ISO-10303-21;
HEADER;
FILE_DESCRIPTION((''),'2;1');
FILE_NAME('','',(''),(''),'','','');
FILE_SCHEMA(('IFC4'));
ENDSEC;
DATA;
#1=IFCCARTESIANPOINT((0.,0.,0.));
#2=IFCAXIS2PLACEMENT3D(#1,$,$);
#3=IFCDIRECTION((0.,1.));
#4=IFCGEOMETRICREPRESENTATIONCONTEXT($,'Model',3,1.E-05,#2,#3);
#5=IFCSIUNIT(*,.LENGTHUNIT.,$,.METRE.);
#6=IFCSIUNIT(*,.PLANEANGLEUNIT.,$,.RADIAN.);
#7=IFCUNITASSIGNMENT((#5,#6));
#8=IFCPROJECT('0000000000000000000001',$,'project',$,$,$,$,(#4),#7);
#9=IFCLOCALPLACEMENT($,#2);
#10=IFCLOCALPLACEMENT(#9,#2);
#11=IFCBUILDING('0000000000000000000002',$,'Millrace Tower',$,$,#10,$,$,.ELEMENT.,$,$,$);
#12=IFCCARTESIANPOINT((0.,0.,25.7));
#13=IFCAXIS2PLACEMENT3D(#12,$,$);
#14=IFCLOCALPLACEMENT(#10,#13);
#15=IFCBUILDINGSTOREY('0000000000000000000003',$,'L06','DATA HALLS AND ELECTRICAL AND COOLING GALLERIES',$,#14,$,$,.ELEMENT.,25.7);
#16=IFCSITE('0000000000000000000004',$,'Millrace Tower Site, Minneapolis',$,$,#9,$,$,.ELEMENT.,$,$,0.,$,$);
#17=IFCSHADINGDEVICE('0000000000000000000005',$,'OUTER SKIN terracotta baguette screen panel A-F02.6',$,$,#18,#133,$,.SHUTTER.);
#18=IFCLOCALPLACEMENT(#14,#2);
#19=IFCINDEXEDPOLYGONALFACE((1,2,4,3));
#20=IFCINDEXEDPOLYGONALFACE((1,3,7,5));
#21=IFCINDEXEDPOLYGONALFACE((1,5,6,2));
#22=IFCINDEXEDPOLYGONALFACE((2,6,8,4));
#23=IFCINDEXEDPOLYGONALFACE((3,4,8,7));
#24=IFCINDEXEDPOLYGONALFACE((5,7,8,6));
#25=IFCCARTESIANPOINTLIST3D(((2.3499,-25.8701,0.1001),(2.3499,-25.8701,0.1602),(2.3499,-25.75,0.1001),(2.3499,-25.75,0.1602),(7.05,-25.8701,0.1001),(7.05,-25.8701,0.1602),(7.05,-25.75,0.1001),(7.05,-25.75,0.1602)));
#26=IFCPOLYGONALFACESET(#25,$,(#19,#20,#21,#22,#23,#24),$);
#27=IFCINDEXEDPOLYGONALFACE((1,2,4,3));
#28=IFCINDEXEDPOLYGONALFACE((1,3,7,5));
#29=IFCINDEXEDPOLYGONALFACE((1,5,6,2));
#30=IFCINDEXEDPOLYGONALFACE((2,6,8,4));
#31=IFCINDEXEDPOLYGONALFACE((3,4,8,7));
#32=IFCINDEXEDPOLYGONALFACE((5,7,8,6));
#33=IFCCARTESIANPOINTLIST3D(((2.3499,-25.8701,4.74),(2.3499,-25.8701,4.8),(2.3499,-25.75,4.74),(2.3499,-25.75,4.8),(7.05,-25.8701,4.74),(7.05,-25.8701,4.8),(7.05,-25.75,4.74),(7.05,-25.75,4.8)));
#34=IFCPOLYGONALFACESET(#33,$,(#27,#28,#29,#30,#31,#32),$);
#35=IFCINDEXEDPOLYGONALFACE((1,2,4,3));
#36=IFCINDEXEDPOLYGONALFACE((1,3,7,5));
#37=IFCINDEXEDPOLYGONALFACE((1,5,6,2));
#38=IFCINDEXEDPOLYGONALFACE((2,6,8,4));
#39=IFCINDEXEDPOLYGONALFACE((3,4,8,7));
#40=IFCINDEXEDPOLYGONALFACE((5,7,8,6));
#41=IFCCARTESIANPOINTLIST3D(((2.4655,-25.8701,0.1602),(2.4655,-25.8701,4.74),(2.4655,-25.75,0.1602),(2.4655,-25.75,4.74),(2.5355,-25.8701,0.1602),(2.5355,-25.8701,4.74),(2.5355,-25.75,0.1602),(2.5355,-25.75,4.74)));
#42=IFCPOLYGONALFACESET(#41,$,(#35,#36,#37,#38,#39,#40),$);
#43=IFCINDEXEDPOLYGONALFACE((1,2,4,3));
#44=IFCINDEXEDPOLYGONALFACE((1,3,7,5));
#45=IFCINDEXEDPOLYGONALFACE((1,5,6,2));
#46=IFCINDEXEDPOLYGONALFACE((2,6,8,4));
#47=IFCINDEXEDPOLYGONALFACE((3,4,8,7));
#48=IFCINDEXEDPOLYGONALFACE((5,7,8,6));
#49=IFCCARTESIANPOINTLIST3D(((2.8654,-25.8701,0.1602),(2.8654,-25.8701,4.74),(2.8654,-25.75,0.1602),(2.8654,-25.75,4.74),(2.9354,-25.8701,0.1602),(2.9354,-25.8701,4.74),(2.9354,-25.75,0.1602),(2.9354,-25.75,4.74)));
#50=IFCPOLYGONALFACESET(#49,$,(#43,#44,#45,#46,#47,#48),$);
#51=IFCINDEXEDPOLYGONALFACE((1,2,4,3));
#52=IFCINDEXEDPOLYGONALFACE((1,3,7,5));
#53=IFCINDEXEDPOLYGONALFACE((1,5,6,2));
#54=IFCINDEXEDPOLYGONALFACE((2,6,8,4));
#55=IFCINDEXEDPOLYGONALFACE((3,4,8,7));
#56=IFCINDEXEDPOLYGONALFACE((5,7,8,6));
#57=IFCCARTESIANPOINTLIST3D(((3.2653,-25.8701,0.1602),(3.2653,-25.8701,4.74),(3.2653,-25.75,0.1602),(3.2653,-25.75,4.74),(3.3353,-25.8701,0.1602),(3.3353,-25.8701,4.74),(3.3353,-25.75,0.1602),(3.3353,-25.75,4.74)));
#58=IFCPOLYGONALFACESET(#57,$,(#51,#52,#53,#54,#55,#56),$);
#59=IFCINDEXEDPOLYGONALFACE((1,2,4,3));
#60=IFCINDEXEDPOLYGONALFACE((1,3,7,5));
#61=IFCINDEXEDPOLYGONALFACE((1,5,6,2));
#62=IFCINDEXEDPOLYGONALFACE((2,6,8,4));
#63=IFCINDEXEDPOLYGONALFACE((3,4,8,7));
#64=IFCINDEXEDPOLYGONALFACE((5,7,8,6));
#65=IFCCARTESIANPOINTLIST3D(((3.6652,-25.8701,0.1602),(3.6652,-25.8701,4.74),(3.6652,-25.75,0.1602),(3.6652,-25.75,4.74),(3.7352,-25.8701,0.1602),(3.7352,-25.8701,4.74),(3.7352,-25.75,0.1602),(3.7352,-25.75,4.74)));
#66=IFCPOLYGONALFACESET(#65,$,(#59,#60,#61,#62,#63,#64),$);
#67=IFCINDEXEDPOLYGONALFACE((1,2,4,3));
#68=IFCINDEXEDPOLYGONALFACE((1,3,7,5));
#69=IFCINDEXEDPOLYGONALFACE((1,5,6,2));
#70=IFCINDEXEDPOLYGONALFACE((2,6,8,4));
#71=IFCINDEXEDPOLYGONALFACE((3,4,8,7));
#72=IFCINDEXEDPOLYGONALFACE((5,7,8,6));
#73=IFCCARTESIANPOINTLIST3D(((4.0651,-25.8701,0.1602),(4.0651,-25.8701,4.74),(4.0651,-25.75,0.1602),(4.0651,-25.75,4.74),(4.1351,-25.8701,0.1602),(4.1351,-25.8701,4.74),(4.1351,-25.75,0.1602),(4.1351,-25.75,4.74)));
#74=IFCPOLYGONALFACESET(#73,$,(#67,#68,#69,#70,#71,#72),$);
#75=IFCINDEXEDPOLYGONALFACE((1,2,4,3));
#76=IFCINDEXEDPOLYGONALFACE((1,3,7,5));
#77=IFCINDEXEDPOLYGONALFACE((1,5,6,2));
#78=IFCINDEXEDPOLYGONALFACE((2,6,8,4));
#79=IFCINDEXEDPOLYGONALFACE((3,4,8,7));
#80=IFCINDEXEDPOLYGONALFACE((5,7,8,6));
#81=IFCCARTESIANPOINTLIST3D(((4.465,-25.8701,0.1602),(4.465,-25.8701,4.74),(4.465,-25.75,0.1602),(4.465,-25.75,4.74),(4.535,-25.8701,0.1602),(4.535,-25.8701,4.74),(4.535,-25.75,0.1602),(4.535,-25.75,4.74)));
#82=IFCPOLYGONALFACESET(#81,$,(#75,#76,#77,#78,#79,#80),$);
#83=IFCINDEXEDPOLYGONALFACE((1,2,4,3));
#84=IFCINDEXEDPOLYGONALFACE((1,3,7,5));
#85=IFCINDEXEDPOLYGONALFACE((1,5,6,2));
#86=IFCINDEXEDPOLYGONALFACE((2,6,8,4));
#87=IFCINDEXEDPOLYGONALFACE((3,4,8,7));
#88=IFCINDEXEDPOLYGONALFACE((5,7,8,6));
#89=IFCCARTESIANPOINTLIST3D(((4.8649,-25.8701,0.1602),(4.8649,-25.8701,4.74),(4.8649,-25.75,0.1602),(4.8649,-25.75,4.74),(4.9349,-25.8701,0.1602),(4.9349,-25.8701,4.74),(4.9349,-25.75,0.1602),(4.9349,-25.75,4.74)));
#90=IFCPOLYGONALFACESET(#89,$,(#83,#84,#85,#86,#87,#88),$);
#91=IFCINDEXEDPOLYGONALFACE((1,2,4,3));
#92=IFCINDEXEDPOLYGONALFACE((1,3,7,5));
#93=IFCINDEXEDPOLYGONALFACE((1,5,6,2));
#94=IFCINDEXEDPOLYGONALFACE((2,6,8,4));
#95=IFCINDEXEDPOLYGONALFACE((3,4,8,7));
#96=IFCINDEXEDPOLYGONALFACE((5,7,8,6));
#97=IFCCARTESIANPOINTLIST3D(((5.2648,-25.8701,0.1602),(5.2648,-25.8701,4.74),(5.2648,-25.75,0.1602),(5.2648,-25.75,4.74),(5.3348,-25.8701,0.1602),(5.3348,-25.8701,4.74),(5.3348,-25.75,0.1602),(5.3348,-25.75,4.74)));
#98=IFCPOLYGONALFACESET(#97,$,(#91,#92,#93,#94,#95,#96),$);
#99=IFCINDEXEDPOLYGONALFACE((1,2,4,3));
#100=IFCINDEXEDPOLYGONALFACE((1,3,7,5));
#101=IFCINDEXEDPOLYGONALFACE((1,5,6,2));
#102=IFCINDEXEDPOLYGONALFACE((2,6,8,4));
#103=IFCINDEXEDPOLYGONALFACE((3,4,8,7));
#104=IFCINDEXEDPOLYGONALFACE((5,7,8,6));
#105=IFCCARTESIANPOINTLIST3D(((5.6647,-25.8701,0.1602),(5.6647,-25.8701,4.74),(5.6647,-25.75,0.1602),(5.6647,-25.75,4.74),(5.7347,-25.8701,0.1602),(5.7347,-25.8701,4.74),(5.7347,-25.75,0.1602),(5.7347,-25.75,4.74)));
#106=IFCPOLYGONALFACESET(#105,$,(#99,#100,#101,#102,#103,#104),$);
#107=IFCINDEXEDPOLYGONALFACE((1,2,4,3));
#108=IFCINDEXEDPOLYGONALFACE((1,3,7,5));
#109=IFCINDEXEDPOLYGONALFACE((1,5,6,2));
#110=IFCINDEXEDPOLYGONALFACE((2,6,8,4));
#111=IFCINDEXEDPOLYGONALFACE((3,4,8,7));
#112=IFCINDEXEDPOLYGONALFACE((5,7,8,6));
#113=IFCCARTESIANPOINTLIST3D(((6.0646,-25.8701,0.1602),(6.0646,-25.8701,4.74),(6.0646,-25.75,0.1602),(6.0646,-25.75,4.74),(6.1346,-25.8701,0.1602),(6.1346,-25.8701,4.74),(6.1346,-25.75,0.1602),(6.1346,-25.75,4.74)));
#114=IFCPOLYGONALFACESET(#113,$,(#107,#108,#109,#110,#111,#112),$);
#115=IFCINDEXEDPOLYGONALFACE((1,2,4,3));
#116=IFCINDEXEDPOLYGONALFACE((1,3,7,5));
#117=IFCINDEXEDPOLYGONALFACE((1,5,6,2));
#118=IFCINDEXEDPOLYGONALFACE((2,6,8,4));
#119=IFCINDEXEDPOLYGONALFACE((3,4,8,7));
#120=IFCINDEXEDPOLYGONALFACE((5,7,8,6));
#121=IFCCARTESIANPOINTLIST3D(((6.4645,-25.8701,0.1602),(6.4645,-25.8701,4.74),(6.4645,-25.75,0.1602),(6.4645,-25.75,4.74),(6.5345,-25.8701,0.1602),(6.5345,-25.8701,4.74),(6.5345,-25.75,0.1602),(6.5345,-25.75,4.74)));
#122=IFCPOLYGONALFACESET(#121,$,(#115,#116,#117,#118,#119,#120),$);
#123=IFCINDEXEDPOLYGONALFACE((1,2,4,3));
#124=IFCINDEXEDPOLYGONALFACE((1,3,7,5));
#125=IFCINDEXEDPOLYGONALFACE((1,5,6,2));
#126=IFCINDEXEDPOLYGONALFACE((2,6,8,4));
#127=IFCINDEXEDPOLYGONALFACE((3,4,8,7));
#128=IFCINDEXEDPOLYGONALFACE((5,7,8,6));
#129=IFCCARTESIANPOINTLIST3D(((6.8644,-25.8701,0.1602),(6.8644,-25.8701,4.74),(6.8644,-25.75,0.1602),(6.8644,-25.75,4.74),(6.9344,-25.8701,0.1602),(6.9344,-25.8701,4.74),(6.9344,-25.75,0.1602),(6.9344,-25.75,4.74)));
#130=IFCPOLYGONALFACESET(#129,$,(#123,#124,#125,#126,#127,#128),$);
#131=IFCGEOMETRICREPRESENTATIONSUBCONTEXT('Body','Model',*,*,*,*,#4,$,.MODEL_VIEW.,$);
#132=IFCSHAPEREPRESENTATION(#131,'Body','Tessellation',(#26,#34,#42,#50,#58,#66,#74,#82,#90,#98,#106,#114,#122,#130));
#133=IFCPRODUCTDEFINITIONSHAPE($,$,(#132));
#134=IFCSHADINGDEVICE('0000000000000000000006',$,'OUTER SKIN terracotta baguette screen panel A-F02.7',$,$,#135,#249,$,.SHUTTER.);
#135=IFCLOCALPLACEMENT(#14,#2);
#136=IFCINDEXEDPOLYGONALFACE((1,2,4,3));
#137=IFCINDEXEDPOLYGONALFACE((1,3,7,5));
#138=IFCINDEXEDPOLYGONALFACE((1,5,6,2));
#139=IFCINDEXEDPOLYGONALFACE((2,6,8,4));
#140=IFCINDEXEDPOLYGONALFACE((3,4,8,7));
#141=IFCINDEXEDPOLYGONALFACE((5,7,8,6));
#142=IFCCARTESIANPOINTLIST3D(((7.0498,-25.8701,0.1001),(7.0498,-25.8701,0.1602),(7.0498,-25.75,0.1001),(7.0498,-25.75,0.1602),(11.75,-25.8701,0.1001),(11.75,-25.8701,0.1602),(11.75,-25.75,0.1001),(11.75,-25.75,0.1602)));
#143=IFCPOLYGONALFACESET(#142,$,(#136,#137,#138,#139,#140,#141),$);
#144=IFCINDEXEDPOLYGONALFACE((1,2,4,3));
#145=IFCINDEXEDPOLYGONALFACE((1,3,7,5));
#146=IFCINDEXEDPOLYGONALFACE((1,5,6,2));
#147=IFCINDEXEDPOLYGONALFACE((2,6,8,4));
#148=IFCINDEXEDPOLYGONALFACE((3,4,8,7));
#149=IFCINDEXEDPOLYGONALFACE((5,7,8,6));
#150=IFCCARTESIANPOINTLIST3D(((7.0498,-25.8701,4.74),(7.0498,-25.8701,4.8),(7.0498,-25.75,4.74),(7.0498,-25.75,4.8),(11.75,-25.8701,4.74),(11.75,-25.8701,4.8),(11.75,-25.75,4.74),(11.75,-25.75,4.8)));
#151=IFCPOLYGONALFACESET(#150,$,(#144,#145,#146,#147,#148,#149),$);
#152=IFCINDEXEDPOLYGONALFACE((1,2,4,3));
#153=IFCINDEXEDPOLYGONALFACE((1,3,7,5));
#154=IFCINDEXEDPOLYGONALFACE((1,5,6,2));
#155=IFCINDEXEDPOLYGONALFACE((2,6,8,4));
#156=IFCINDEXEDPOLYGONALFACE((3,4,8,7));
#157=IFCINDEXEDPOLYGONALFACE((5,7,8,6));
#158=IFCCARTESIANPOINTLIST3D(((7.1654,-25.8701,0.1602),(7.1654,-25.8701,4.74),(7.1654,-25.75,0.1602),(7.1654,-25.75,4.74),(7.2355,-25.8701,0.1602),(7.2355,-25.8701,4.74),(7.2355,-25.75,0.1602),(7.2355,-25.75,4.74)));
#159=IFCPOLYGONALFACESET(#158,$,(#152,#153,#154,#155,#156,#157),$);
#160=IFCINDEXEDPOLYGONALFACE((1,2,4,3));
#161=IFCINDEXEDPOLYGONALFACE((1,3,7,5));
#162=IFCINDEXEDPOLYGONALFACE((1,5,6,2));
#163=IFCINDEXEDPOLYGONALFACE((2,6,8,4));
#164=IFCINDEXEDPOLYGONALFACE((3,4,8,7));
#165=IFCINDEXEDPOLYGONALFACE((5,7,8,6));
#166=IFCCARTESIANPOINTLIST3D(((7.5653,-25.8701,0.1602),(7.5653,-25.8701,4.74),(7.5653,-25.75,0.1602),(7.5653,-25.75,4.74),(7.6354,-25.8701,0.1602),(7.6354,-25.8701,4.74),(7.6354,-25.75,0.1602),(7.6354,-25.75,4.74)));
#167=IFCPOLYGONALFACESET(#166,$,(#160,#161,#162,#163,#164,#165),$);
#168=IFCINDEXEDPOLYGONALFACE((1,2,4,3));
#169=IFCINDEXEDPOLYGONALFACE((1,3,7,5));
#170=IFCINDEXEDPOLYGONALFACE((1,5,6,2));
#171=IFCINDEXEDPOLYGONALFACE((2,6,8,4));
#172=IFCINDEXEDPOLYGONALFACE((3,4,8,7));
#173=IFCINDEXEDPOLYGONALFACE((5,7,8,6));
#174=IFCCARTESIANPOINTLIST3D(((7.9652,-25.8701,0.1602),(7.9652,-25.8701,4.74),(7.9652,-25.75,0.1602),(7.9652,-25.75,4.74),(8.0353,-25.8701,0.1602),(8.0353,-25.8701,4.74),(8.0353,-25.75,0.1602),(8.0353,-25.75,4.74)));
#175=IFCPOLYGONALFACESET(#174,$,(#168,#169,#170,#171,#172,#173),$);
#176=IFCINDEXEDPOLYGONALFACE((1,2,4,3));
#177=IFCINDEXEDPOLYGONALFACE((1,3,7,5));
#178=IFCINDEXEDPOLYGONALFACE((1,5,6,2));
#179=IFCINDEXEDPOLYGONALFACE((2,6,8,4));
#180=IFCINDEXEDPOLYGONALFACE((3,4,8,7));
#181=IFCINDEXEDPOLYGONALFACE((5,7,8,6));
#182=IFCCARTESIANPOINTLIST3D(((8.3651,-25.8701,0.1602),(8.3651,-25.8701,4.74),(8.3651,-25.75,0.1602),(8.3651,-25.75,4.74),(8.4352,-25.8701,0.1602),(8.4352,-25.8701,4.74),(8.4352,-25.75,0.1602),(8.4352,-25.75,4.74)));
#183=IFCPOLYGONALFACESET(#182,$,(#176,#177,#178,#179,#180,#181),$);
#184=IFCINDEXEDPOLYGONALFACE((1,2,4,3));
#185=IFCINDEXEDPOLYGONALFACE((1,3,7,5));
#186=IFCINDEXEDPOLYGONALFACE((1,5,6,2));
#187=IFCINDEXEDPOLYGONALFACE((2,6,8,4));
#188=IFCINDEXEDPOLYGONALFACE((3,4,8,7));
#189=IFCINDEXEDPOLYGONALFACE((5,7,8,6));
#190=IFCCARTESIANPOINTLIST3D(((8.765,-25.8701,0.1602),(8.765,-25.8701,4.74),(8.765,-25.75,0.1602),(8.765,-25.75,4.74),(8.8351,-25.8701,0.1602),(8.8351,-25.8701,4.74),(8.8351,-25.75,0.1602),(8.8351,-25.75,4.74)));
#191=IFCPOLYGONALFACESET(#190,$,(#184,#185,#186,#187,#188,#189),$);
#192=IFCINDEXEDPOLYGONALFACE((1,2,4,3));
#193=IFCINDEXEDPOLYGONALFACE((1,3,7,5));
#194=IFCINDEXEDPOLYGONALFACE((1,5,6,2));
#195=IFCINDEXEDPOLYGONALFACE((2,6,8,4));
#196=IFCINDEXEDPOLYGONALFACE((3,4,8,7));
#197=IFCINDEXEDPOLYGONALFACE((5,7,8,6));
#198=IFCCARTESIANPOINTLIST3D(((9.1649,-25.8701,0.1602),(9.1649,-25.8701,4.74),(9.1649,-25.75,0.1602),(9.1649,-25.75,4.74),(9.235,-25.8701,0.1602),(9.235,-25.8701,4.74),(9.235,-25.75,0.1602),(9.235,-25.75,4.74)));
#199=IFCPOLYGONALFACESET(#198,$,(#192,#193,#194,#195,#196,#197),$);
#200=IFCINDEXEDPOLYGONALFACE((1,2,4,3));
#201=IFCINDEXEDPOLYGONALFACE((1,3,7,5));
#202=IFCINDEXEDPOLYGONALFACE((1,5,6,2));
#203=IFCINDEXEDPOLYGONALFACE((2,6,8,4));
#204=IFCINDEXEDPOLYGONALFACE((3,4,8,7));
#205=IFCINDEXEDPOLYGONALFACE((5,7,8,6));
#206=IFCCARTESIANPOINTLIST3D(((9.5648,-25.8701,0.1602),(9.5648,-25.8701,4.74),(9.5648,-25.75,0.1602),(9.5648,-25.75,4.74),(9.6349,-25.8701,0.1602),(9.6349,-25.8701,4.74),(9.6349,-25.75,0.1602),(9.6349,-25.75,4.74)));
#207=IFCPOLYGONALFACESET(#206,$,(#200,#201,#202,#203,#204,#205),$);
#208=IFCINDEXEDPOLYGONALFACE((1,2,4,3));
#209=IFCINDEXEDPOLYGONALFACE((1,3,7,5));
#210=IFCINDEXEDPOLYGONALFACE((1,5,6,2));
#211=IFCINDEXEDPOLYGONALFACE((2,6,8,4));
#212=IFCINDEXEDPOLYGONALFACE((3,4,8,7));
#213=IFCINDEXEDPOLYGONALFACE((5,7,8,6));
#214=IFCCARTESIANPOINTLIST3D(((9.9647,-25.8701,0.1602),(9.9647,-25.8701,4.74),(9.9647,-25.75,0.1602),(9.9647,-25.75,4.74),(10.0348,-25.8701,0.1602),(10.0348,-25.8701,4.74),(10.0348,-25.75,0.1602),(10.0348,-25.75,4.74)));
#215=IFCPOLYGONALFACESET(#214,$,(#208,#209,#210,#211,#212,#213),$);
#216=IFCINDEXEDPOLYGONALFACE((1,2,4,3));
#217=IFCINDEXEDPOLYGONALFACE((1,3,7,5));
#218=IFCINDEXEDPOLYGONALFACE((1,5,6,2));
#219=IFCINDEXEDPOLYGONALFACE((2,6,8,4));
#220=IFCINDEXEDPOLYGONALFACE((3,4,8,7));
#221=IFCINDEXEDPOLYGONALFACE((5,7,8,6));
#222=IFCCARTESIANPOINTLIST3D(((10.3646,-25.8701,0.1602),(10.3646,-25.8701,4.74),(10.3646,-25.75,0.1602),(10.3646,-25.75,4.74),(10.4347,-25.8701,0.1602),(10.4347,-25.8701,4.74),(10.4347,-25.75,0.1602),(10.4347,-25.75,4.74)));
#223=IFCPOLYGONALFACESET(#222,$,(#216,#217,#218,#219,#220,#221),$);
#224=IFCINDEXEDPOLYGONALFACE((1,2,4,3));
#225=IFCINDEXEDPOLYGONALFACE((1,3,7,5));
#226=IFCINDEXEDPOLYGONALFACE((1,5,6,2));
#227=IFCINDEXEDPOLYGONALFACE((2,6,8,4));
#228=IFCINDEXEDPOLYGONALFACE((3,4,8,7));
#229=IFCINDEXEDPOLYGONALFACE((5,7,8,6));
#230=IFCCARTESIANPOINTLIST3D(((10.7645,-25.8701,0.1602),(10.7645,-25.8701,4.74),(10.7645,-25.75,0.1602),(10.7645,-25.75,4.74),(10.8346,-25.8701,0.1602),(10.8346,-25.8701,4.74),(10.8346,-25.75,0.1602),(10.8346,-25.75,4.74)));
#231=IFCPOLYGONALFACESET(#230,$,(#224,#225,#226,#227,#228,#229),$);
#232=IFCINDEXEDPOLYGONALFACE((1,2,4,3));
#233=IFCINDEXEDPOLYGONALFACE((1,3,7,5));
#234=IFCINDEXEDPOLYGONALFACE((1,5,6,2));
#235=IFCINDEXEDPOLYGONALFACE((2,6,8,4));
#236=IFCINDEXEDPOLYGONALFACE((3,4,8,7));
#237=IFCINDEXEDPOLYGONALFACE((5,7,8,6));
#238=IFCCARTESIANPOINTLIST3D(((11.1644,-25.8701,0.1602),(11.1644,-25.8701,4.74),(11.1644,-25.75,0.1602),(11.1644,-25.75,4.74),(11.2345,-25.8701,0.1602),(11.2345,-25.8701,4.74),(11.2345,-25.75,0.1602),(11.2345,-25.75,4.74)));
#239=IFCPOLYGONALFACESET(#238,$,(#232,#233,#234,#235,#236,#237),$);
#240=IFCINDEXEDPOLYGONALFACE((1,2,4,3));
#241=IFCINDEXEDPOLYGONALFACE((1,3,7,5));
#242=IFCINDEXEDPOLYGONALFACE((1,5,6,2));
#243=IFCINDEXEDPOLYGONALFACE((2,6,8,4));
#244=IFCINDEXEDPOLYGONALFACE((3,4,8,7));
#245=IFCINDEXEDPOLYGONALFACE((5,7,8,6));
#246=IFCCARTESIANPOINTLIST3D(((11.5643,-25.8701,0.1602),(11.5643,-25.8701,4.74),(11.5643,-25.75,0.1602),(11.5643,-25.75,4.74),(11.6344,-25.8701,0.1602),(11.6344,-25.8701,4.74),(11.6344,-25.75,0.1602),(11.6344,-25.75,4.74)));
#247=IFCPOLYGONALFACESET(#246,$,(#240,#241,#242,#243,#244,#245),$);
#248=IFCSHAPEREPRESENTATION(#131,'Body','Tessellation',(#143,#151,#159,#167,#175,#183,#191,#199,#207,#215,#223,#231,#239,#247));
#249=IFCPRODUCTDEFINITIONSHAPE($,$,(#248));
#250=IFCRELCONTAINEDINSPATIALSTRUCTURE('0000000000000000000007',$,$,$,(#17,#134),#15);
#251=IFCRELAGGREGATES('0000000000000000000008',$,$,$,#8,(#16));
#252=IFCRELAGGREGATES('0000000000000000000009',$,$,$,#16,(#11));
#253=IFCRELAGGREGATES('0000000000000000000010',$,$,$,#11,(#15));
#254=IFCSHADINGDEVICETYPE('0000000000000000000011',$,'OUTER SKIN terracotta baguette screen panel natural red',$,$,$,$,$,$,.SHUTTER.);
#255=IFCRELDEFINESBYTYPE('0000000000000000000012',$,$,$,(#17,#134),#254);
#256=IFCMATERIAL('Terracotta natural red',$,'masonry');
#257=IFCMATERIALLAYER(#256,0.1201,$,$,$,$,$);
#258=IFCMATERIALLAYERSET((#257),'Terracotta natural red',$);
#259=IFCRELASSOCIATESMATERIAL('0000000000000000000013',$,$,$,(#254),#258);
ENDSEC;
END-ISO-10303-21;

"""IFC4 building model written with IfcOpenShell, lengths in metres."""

from ifc_helpers import new_model, entity, si_unit, direction, frame, frame_2d, origin, place, context, subcontext, project, spatial, rectangle, extrude, source, transform, mapped, material, layer, layer_set, type_object, element, save


model = new_model("IFC4")

# Units and contexts
model_context = context("Model", 3, precision=1e-05, world=origin(), true_north=direction((0.0, 1.0)))
body_context = subcontext(model_context, "Body", "Model", "MODEL_VIEW")
ifc_project = project(units=[si_unit("LENGTHUNIT", "METRE"), si_unit("PLANEANGLEUNIT", "RADIAN")], contexts=[model_context])

# Site, building, storey
site_placement = place(None, origin())
site = spatial("IfcSite", under=ifc_project, at=site_placement, Name="Millrace Tower Site, Minneapolis", CompositionType="ELEMENT", RefElevation=0.0)
building_placement = place(site_placement, origin())
building = spatial("IfcBuilding", under=site, at=building_placement, Name="Millrace Tower", CompositionType="ELEMENT")
storey_placement = place(building_placement, frame((0.0, 0.0, 25.7)))
storey = spatial("IfcBuildingStorey", under=building, at=storey_placement, Name="L06", Description="DATA HALLS AND ELECTRICAL AND COOLING GALLERIES", CompositionType="ELEMENT", Elevation=25.7)

# Shading devices
ifc_material_1 = material(Name="Terracotta natural red", Category="masonry")
ifc_layer_1 = layer(ifc_material_1, 0.1201)
ifc_layer_set_1 = layer_set([ifc_layer_1], Name="Terracotta natural red")
shading_device_type = type_object("IfcShadingDeviceType", Name="OUTER SKIN terracotta baguette screen panel natural red", PredefinedType="SHUTTER", material=ifc_layer_set_1)
cartesian_point = entity("IfcCartesianPoint", [-2.3501, 0.0601])
shared_polyline = entity("IfcPolyline", [cartesian_point, entity("IfcCartesianPoint", [2.3501, 0.0601]), entity("IfcCartesianPoint", [2.3501, -0.0601]), entity("IfcCartesianPoint", [-2.3501, -0.0601]), cartesian_point])
shared_shape = source(origin(), body_context, "Body", "SweptSolid", [
    entity("IfcExtrudedAreaSolid", entity("IfcArbitraryClosedProfileDef", "AREA", None, shared_polyline), entity("IfcAxis2Placement3D", entity("IfcCartesianPoint", [0.0, 0.0, 0.0])), entity("IfcDirection", [0.0, 0.0, 1.0]), 0.0601),
    entity("IfcExtrudedAreaSolid", entity("IfcArbitraryClosedProfileDef", "AREA", None, shared_polyline), entity("IfcAxis2Placement3D", entity("IfcCartesianPoint", [0.0, 0.0, 4.6399])), entity("IfcDirection", [0.0, 0.0, 1.0]), 0.0601),
    extrude(rectangle(XDim=0.0701, YDim=0.1201, at=frame_2d((-2.1995, 0.0))), frame((0.0, 0.0, 0.0601)), (0.0, 0.0, 1.0), 4.5798),
    extrude(rectangle(XDim=0.0701, YDim=0.1201, at=frame_2d((-1.7996, 0.0))), frame((0.0, 0.0, 0.0601)), (0.0, 0.0, 1.0), 4.5798),
    extrude(rectangle(XDim=0.0701, YDim=0.1201, at=frame_2d((-1.3997, 0.0))), frame((0.0, 0.0, 0.0601)), (0.0, 0.0, 1.0), 4.5798),
    extrude(rectangle(XDim=0.0701, YDim=0.1201, at=frame_2d((-0.9998, 0.0))), frame((0.0, 0.0, 0.0601)), (0.0, 0.0, 1.0), 4.5798),
    extrude(rectangle(XDim=0.0701, YDim=0.1201, at=frame_2d((-0.5999, 0.0))), frame((0.0, 0.0, 0.0601)), (0.0, 0.0, 1.0), 4.5798),
    extrude(rectangle(XDim=0.0701, YDim=0.1201, at=frame_2d((-0.2, 0.0))), frame((0.0, 0.0, 0.0601)), (0.0, 0.0, 1.0), 4.5798),
    extrude(rectangle(XDim=0.0701, YDim=0.1201, at=frame_2d((0.2, 0.0))), frame((0.0, 0.0, 0.0601)), (0.0, 0.0, 1.0), 4.5798),
    extrude(rectangle(XDim=0.0701, YDim=0.1201, at=frame_2d((0.5999, 0.0))), frame((0.0, 0.0, 0.0601)), (0.0, 0.0, 1.0), 4.5798),
    extrude(rectangle(XDim=0.0701, YDim=0.1201, at=frame_2d((0.9998, 0.0))), frame((0.0, 0.0, 0.0601)), (0.0, 0.0, 1.0), 4.5798),
    extrude(rectangle(XDim=0.0701, YDim=0.1201, at=frame_2d((1.3997, 0.0))), frame((0.0, 0.0, 0.0601)), (0.0, 0.0, 1.0), 4.5798),
    extrude(rectangle(XDim=0.0701, YDim=0.1201, at=frame_2d((1.7996, 0.0))), frame((0.0, 0.0, 0.0601)), (0.0, 0.0, 1.0), 4.5798),
    extrude(rectangle(XDim=0.0701, YDim=0.1201, at=frame_2d((2.1995, 0.0))), frame((0.0, 0.0, 0.0601)), (0.0, 0.0, 1.0), 4.5798),
])
for number, where, z_axis, x_axis, name in (
    (1, (4.7, -25.8101, 0.1001), (0.0, 0.0, 1.0), (1.0, 0.0, 0.0), "OUTER SKIN terracotta baguette screen panel A-F02.6"),
    (2, (9.3999, -25.8101, 0.1001), (0.0, 0.0, 1.0), (1.0, 0.0, 0.0), "OUTER SKIN terracotta baguette screen panel A-F02.7"),
):
    element("IfcShadingDevice", number, at=place(storey_placement, frame(where, z_axis=z_axis, x_axis=x_axis)), inside=storey, type_object=shading_device_type, Name=name, PredefinedType="SHUTTER", context=body_context, shape_type="MappedRepresentation", body=[
        mapped(shared_shape, transform((0.0, 0.0, 0.0), scale=1.0)),
    ])

save(model, "model.ifc")
